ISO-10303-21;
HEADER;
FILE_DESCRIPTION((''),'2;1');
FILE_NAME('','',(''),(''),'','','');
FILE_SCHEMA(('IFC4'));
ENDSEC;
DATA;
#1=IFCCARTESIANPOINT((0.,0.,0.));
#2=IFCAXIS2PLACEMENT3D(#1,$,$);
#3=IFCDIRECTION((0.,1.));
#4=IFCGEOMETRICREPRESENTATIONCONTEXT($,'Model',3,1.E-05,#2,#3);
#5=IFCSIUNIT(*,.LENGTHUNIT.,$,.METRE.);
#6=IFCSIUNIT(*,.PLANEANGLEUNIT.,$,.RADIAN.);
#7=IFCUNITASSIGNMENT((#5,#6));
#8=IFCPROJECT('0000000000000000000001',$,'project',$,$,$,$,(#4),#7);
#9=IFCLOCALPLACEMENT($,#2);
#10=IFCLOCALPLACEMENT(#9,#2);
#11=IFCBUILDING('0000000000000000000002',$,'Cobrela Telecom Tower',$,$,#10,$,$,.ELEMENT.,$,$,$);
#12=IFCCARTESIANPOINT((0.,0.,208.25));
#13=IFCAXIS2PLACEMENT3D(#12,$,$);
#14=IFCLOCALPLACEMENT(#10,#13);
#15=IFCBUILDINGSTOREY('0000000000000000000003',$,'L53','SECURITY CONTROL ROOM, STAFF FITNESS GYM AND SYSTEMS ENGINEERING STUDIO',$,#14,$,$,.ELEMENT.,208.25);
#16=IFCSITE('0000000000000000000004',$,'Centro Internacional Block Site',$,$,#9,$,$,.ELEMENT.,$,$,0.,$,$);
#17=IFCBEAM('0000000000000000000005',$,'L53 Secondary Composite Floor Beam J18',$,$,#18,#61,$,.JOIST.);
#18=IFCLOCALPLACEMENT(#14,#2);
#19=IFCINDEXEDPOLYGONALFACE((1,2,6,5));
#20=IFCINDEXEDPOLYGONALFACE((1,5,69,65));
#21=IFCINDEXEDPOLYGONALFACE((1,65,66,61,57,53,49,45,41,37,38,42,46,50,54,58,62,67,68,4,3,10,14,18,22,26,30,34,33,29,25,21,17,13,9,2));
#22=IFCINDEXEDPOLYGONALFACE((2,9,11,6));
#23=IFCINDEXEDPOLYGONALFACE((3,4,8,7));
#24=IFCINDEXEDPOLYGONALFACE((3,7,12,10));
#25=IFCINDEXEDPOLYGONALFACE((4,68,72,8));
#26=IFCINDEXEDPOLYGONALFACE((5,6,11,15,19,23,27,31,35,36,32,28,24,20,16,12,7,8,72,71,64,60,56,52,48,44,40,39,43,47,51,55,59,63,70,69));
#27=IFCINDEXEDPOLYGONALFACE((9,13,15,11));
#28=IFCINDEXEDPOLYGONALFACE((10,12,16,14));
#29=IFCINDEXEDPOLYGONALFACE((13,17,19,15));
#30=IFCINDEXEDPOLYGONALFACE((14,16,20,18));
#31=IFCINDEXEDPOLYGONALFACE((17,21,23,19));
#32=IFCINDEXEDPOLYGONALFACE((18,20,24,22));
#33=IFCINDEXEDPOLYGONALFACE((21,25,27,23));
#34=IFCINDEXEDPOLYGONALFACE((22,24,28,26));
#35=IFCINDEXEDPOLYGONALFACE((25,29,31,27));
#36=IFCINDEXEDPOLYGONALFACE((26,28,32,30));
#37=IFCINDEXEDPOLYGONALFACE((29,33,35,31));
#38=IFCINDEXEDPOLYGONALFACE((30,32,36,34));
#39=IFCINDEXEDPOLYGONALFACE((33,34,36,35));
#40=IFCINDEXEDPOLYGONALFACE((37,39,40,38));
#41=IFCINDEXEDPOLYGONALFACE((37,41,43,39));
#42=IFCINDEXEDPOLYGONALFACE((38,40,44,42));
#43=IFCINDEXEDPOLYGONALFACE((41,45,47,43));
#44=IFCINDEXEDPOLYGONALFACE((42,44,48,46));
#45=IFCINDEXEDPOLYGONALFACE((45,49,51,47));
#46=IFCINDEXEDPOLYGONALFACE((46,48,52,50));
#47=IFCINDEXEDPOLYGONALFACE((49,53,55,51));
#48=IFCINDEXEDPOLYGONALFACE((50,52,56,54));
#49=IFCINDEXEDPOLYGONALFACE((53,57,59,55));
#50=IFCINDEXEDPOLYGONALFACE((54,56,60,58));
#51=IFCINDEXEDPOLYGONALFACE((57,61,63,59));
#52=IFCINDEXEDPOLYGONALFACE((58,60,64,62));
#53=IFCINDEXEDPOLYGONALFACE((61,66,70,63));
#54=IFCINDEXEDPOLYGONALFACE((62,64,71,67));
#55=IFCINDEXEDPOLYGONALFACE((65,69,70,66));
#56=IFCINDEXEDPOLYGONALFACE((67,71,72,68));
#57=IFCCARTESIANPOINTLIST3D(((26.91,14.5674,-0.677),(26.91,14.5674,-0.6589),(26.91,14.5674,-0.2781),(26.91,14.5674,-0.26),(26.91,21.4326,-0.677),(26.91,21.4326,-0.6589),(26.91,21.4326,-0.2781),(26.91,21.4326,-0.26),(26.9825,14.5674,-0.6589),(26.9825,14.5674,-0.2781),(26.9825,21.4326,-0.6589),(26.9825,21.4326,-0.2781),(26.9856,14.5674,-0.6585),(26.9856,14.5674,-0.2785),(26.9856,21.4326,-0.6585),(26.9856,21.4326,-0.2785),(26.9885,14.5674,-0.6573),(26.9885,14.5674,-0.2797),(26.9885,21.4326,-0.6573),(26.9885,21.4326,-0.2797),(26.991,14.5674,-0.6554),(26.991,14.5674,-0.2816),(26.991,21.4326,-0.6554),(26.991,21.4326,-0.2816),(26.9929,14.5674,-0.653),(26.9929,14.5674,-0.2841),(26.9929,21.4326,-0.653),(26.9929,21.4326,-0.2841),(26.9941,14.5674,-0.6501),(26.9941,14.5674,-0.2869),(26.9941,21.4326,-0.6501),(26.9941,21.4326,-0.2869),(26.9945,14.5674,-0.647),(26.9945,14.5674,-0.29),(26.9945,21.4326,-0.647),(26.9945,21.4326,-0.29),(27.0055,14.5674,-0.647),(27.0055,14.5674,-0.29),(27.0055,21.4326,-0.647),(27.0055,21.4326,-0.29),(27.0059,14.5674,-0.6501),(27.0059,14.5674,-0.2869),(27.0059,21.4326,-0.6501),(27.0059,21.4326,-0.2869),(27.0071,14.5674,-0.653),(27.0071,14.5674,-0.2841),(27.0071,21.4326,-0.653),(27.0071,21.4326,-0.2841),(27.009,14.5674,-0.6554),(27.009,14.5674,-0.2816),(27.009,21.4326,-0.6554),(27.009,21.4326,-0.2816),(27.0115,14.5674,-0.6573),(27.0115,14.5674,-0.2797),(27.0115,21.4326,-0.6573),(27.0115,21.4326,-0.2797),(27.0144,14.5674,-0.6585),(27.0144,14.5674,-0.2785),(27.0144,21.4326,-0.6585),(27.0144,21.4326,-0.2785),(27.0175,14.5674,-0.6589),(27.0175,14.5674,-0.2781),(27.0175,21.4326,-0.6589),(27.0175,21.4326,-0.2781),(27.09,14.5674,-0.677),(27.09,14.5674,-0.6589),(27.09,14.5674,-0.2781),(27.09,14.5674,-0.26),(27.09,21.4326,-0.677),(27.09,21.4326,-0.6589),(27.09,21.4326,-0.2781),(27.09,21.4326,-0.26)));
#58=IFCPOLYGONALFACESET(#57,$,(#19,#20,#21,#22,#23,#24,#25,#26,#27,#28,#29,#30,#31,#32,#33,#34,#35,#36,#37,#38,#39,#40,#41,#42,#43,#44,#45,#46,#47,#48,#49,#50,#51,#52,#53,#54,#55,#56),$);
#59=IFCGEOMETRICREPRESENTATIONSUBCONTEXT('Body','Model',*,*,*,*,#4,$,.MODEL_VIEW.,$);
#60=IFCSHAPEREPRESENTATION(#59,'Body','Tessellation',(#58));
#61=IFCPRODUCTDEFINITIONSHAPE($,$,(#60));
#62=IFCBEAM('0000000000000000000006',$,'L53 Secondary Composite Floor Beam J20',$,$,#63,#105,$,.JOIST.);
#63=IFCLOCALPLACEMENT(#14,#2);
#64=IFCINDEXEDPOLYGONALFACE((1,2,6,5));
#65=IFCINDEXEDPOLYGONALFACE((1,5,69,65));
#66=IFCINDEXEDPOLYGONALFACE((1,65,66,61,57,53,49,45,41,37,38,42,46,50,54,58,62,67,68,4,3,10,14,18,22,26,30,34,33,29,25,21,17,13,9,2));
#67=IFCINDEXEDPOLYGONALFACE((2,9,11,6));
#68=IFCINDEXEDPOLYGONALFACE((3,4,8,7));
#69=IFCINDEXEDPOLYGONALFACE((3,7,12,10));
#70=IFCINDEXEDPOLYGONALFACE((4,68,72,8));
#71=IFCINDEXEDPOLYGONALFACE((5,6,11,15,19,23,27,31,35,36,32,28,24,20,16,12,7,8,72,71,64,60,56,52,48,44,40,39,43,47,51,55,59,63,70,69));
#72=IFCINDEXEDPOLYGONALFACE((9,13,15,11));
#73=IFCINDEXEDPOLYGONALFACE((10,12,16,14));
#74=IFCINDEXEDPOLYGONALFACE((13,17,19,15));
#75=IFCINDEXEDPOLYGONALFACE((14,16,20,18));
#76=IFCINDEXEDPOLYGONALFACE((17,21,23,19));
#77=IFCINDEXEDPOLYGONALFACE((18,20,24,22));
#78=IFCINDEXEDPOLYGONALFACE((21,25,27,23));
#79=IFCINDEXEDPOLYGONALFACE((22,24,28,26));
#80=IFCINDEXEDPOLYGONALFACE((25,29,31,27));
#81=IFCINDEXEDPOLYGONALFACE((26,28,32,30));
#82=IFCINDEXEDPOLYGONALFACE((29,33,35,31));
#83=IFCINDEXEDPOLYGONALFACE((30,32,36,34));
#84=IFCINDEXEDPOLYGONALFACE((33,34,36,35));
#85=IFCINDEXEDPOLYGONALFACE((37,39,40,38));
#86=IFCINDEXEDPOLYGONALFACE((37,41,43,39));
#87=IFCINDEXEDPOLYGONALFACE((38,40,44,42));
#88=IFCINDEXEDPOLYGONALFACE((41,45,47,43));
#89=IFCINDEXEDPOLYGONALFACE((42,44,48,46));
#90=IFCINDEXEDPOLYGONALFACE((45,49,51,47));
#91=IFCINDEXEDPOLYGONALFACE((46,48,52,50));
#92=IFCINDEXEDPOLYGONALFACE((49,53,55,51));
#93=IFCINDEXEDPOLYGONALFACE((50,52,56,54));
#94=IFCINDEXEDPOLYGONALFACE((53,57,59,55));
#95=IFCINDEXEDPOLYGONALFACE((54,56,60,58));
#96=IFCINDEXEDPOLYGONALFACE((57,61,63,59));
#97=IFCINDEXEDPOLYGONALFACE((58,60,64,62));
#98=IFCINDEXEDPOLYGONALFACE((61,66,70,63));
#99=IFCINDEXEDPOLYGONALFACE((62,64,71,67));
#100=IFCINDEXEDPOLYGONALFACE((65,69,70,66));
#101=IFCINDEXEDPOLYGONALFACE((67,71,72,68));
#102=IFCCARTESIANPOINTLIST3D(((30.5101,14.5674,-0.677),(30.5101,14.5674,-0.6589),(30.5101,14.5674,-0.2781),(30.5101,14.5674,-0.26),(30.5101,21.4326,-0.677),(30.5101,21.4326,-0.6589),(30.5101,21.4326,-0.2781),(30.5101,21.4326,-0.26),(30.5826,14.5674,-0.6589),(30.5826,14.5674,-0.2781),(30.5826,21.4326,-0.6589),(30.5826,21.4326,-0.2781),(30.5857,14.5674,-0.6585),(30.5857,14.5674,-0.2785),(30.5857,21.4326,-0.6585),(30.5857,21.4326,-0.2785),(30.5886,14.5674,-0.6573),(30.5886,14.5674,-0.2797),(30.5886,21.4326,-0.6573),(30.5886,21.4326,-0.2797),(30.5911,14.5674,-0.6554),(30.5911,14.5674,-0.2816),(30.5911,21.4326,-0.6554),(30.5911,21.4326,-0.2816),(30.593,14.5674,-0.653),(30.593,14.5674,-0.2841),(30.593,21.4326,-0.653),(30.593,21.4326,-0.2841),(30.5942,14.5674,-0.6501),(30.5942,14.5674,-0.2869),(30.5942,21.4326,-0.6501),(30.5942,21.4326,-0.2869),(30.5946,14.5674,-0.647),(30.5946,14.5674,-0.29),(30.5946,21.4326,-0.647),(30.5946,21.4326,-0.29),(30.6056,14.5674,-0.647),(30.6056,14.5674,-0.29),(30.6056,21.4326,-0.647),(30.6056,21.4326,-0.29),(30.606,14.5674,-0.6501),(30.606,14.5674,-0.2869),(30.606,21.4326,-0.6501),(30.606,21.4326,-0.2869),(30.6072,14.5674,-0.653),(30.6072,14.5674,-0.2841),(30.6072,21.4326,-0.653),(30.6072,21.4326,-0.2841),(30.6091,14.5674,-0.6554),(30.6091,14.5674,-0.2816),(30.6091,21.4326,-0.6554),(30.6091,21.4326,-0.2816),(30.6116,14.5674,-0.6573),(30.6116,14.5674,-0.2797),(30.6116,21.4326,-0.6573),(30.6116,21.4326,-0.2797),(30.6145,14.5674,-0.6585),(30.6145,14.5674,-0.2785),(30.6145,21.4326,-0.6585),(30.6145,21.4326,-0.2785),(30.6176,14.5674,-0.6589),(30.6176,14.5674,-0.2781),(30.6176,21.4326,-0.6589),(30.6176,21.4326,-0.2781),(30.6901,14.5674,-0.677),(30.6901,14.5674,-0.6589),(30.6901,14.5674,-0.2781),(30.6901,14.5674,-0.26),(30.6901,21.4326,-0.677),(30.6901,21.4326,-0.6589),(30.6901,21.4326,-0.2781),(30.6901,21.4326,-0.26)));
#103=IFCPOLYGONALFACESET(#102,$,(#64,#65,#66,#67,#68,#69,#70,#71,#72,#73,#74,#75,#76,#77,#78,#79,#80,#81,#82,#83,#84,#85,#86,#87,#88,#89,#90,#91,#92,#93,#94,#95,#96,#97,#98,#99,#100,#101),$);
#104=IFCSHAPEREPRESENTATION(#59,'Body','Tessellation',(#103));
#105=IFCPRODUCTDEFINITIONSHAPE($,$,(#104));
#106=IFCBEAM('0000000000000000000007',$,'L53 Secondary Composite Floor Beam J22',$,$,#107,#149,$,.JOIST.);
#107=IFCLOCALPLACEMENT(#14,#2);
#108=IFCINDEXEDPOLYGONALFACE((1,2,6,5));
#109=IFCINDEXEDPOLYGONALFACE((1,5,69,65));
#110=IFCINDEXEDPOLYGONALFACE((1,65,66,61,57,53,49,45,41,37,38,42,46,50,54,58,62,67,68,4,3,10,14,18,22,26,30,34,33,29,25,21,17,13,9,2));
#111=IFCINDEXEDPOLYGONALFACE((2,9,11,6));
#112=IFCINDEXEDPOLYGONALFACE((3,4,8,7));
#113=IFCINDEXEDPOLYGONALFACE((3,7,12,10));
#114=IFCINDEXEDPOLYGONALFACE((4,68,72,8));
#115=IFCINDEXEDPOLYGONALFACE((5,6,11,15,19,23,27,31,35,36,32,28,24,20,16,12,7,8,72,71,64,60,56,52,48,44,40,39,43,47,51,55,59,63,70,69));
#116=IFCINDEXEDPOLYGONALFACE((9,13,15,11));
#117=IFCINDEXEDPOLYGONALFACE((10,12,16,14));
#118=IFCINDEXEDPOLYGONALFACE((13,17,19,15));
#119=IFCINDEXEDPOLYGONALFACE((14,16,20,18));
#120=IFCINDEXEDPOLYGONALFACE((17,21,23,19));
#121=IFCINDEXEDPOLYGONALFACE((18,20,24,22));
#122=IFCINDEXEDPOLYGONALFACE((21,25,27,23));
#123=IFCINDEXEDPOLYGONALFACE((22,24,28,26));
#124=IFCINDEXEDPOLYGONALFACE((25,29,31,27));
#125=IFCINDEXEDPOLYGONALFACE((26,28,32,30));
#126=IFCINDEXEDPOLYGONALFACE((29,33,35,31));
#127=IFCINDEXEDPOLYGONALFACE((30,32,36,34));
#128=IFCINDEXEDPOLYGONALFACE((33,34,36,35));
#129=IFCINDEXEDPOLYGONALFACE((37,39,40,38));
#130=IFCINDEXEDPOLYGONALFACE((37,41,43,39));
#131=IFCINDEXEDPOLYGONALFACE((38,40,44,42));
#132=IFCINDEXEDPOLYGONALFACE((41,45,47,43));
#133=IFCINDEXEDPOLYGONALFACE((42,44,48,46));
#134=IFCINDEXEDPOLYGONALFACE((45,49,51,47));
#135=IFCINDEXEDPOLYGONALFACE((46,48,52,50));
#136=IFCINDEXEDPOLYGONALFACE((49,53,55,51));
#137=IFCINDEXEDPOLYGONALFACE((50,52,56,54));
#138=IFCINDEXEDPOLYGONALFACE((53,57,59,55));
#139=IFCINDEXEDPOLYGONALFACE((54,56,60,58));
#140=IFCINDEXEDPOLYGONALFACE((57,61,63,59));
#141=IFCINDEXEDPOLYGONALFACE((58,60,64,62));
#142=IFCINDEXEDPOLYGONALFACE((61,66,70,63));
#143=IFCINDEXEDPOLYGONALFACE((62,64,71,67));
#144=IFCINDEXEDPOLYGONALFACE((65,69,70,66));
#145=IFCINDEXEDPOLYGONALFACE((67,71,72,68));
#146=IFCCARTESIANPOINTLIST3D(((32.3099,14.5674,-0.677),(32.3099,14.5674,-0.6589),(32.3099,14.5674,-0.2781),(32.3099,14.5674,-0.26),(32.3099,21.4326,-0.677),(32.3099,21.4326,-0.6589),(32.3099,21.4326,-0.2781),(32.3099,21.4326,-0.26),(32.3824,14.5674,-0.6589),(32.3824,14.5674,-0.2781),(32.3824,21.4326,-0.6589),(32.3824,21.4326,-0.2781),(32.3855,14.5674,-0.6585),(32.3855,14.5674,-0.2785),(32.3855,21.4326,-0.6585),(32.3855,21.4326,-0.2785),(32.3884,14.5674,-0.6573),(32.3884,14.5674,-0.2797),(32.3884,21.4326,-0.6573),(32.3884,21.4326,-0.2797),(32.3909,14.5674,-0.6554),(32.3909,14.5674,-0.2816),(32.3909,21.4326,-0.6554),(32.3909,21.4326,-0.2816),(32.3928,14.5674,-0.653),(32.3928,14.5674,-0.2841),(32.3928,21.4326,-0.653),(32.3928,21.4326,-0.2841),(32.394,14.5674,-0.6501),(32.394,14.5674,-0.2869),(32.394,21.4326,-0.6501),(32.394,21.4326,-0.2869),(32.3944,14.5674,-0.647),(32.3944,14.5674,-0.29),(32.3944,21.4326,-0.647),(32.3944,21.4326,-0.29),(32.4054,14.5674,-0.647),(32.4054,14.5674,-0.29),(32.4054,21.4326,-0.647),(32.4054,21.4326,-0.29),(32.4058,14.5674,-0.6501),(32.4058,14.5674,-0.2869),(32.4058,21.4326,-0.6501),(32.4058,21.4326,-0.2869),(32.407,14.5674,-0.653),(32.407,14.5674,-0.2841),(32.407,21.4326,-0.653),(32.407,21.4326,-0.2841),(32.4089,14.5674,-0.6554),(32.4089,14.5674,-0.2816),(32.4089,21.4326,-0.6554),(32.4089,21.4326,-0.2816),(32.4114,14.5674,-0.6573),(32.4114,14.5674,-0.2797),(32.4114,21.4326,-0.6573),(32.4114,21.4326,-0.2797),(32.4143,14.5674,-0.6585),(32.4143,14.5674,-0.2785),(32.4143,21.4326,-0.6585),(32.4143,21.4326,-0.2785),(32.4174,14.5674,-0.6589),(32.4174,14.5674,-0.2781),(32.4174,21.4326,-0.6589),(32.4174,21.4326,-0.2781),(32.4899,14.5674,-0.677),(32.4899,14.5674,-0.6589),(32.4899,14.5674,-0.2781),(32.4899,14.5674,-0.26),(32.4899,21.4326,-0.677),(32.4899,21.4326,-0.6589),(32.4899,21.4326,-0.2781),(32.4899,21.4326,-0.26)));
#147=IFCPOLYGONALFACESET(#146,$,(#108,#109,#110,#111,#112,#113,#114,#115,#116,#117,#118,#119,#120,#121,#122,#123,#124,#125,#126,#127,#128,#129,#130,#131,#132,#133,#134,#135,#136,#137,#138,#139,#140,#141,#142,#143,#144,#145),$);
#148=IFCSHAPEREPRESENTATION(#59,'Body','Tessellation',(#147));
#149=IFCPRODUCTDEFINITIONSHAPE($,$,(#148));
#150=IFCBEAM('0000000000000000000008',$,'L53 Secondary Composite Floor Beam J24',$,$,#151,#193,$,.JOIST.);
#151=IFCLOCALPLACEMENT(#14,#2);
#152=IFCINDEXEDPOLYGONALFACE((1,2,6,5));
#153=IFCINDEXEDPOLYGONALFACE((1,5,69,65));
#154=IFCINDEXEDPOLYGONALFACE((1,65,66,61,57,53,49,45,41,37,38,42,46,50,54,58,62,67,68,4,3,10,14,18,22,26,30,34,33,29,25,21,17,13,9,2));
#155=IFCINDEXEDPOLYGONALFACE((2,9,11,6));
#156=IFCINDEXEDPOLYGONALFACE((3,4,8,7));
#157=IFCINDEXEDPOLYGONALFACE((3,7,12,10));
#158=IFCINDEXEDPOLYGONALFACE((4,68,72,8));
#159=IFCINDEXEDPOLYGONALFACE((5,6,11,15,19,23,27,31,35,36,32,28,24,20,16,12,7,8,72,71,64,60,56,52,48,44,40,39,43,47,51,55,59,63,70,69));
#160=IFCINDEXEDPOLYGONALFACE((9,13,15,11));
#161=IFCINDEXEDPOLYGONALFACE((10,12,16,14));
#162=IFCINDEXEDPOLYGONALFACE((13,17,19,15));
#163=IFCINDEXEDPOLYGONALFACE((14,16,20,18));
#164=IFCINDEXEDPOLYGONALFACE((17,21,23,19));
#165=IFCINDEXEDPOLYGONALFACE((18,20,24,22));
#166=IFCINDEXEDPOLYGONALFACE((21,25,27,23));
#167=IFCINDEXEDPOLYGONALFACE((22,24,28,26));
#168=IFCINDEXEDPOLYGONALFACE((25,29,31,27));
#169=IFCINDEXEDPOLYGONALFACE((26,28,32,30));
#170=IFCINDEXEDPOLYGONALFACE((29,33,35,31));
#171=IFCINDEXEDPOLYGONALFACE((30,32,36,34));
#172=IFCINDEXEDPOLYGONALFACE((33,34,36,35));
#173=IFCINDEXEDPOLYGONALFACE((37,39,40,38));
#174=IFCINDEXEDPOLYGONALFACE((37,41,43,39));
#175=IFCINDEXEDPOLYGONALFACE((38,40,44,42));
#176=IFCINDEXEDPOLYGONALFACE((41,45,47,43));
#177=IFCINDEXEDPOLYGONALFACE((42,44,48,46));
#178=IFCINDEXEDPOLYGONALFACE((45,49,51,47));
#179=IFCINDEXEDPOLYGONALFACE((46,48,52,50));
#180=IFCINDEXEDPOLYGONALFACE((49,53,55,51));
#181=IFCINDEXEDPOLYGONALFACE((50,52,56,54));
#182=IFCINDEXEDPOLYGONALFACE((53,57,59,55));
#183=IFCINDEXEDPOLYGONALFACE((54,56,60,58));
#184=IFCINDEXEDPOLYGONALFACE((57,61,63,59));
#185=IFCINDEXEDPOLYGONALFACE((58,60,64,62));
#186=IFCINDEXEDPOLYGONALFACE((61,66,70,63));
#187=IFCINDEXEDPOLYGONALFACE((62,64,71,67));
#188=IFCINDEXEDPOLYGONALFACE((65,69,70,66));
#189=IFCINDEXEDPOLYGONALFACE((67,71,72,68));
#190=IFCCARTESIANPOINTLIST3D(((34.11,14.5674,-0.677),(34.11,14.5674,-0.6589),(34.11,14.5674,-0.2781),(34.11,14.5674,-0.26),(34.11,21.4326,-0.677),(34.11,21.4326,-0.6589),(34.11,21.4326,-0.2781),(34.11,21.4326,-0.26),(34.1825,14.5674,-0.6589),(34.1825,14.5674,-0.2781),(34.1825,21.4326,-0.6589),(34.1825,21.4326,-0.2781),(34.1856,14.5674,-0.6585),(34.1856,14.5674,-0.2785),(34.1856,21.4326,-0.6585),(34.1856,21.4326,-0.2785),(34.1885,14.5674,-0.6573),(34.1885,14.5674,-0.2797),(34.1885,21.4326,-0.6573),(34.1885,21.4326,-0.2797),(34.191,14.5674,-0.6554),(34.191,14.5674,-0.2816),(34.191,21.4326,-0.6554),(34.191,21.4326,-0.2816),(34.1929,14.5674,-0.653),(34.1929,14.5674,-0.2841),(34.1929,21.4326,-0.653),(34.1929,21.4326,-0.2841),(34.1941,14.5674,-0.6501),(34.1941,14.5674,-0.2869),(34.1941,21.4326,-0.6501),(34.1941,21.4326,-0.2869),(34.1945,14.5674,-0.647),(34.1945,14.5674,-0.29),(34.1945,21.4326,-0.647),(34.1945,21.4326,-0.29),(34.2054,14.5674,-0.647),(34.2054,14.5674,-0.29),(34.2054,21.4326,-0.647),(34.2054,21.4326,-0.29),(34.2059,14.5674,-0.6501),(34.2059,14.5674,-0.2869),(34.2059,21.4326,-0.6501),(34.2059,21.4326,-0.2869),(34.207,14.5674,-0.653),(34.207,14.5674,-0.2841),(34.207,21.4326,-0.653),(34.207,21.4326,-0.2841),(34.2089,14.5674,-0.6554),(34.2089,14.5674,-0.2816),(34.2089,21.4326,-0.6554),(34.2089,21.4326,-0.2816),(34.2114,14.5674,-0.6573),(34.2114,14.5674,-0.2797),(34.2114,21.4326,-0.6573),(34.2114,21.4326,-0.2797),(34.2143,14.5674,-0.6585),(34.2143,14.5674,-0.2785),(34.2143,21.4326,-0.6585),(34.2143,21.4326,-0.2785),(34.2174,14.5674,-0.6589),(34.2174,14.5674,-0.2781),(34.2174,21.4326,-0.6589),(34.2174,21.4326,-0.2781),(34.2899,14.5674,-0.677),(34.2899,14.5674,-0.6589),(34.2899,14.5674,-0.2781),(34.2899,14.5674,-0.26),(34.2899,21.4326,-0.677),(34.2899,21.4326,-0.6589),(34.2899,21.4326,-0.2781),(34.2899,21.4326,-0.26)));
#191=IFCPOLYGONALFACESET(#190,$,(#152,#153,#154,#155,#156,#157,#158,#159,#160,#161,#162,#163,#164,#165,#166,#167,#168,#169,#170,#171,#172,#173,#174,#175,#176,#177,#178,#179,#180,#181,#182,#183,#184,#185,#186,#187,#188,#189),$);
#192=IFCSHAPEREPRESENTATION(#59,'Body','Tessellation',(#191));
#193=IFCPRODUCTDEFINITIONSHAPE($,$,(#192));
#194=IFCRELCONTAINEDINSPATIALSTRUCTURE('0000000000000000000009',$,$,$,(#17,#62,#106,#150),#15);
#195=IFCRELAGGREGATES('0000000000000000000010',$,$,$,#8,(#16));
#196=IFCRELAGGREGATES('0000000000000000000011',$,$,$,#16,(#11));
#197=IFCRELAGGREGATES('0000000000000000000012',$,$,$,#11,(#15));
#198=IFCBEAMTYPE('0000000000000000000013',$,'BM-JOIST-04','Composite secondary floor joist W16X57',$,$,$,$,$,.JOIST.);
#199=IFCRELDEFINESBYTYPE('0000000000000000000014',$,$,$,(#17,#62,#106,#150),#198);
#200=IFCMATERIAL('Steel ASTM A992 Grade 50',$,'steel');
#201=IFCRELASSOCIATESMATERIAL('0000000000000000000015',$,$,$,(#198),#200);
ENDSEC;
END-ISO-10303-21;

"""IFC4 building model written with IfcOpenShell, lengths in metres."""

from ifc_helpers import new_model, si_unit, direction, frame, origin, origin_2d, place, context, subcontext, project, spatial, i_section, extrude, material, material_profile, profile_set, type_object, element, save


model = new_model("IFC4")

# Units and contexts
model_context = context("Model", 3, precision=1e-05, world=origin(), true_north=direction((0.0, 1.0)))
body_context = subcontext(model_context, "Body", "Model", "MODEL_VIEW")
ifc_project = project(units=[si_unit("LENGTHUNIT", "METRE"), si_unit("PLANEANGLEUNIT", "RADIAN")], contexts=[model_context])

# Site, building, storey
site_placement = place(None, origin())
site = spatial("IfcSite", under=ifc_project, at=site_placement, Name="Centro Internacional Block Site", CompositionType="ELEMENT", RefElevation=0.0)
building_placement = place(site_placement, origin())
building = spatial("IfcBuilding", under=site, at=building_placement, Name="Cobrela Telecom Tower", CompositionType="ELEMENT")
storey_placement = place(building_placement, frame((0.0, 0.0, 208.25)))
storey = spatial("IfcBuildingStorey", under=building, at=storey_placement, Name="L53", Description="SECURITY CONTROL ROOM, STAFF FITNESS GYM AND SYSTEMS ENGINEERING STUDIO", CompositionType="ELEMENT", Elevation=208.25)

# Shared definitions
ifc_material_1 = material(Name="Steel ASTM A992 Grade 50", Category="steel")

# Beams
ifc_material_profile_1 = material_profile(ifc_material_1, i_section(OverallWidth=0.1799, OverallDepth=0.417, WebThickness=0.011, FlangeThickness=0.0181, FilletRadius=0.012, at=origin_2d()), Name="W16X57")
ifc_profile_set_1 = profile_set([ifc_material_profile_1], Name="Steel ASTM A992 Grade 50")
beam_type_1 = type_object("IfcBeamType", Name="BM-JOIST-04", Description="Composite secondary floor joist W16X57", PredefinedType="JOIST", material=ifc_profile_set_1)
for number, where, z_axis, x_axis, name in (
    (1, (27.0, 14.5674, -0.4685), (0.0, 1.0, 0.0), (-1.0, 0.0, 0.0), "L53 Secondary Composite Floor Beam J18"),
    (2, (30.6001, 14.5674, -0.4685), (0.0, 1.0, 0.0), (-1.0, 0.0, 0.0), "L53 Secondary Composite Floor Beam J20"),
    (3, (32.3999, 14.5674, -0.4685), (0.0, 1.0, 0.0), (-1.0, 0.0, 0.0), "L53 Secondary Composite Floor Beam J22"),
    (4, (34.2, 14.5674, -0.4685), (0.0, 1.0, 0.0), (-1.0, 0.0, 0.0), "L53 Secondary Composite Floor Beam J24"),
):
    element("IfcBeam", number, at=place(storey_placement, frame(where, z_axis=z_axis, x_axis=x_axis)), inside=storey, type_object=beam_type_1, Name=name, PredefinedType="JOIST", context=body_context, shape_type="SweptSolid", body=[
        extrude(i_section(OverallWidth=0.1799, OverallDepth=0.417, WebThickness=0.011, FlangeThickness=0.0181, FilletRadius=0.012, at=origin_2d()), origin(), (0.0, 0.0, 1.0), 6.8652),
    ])

save(model, "model.ifc")
